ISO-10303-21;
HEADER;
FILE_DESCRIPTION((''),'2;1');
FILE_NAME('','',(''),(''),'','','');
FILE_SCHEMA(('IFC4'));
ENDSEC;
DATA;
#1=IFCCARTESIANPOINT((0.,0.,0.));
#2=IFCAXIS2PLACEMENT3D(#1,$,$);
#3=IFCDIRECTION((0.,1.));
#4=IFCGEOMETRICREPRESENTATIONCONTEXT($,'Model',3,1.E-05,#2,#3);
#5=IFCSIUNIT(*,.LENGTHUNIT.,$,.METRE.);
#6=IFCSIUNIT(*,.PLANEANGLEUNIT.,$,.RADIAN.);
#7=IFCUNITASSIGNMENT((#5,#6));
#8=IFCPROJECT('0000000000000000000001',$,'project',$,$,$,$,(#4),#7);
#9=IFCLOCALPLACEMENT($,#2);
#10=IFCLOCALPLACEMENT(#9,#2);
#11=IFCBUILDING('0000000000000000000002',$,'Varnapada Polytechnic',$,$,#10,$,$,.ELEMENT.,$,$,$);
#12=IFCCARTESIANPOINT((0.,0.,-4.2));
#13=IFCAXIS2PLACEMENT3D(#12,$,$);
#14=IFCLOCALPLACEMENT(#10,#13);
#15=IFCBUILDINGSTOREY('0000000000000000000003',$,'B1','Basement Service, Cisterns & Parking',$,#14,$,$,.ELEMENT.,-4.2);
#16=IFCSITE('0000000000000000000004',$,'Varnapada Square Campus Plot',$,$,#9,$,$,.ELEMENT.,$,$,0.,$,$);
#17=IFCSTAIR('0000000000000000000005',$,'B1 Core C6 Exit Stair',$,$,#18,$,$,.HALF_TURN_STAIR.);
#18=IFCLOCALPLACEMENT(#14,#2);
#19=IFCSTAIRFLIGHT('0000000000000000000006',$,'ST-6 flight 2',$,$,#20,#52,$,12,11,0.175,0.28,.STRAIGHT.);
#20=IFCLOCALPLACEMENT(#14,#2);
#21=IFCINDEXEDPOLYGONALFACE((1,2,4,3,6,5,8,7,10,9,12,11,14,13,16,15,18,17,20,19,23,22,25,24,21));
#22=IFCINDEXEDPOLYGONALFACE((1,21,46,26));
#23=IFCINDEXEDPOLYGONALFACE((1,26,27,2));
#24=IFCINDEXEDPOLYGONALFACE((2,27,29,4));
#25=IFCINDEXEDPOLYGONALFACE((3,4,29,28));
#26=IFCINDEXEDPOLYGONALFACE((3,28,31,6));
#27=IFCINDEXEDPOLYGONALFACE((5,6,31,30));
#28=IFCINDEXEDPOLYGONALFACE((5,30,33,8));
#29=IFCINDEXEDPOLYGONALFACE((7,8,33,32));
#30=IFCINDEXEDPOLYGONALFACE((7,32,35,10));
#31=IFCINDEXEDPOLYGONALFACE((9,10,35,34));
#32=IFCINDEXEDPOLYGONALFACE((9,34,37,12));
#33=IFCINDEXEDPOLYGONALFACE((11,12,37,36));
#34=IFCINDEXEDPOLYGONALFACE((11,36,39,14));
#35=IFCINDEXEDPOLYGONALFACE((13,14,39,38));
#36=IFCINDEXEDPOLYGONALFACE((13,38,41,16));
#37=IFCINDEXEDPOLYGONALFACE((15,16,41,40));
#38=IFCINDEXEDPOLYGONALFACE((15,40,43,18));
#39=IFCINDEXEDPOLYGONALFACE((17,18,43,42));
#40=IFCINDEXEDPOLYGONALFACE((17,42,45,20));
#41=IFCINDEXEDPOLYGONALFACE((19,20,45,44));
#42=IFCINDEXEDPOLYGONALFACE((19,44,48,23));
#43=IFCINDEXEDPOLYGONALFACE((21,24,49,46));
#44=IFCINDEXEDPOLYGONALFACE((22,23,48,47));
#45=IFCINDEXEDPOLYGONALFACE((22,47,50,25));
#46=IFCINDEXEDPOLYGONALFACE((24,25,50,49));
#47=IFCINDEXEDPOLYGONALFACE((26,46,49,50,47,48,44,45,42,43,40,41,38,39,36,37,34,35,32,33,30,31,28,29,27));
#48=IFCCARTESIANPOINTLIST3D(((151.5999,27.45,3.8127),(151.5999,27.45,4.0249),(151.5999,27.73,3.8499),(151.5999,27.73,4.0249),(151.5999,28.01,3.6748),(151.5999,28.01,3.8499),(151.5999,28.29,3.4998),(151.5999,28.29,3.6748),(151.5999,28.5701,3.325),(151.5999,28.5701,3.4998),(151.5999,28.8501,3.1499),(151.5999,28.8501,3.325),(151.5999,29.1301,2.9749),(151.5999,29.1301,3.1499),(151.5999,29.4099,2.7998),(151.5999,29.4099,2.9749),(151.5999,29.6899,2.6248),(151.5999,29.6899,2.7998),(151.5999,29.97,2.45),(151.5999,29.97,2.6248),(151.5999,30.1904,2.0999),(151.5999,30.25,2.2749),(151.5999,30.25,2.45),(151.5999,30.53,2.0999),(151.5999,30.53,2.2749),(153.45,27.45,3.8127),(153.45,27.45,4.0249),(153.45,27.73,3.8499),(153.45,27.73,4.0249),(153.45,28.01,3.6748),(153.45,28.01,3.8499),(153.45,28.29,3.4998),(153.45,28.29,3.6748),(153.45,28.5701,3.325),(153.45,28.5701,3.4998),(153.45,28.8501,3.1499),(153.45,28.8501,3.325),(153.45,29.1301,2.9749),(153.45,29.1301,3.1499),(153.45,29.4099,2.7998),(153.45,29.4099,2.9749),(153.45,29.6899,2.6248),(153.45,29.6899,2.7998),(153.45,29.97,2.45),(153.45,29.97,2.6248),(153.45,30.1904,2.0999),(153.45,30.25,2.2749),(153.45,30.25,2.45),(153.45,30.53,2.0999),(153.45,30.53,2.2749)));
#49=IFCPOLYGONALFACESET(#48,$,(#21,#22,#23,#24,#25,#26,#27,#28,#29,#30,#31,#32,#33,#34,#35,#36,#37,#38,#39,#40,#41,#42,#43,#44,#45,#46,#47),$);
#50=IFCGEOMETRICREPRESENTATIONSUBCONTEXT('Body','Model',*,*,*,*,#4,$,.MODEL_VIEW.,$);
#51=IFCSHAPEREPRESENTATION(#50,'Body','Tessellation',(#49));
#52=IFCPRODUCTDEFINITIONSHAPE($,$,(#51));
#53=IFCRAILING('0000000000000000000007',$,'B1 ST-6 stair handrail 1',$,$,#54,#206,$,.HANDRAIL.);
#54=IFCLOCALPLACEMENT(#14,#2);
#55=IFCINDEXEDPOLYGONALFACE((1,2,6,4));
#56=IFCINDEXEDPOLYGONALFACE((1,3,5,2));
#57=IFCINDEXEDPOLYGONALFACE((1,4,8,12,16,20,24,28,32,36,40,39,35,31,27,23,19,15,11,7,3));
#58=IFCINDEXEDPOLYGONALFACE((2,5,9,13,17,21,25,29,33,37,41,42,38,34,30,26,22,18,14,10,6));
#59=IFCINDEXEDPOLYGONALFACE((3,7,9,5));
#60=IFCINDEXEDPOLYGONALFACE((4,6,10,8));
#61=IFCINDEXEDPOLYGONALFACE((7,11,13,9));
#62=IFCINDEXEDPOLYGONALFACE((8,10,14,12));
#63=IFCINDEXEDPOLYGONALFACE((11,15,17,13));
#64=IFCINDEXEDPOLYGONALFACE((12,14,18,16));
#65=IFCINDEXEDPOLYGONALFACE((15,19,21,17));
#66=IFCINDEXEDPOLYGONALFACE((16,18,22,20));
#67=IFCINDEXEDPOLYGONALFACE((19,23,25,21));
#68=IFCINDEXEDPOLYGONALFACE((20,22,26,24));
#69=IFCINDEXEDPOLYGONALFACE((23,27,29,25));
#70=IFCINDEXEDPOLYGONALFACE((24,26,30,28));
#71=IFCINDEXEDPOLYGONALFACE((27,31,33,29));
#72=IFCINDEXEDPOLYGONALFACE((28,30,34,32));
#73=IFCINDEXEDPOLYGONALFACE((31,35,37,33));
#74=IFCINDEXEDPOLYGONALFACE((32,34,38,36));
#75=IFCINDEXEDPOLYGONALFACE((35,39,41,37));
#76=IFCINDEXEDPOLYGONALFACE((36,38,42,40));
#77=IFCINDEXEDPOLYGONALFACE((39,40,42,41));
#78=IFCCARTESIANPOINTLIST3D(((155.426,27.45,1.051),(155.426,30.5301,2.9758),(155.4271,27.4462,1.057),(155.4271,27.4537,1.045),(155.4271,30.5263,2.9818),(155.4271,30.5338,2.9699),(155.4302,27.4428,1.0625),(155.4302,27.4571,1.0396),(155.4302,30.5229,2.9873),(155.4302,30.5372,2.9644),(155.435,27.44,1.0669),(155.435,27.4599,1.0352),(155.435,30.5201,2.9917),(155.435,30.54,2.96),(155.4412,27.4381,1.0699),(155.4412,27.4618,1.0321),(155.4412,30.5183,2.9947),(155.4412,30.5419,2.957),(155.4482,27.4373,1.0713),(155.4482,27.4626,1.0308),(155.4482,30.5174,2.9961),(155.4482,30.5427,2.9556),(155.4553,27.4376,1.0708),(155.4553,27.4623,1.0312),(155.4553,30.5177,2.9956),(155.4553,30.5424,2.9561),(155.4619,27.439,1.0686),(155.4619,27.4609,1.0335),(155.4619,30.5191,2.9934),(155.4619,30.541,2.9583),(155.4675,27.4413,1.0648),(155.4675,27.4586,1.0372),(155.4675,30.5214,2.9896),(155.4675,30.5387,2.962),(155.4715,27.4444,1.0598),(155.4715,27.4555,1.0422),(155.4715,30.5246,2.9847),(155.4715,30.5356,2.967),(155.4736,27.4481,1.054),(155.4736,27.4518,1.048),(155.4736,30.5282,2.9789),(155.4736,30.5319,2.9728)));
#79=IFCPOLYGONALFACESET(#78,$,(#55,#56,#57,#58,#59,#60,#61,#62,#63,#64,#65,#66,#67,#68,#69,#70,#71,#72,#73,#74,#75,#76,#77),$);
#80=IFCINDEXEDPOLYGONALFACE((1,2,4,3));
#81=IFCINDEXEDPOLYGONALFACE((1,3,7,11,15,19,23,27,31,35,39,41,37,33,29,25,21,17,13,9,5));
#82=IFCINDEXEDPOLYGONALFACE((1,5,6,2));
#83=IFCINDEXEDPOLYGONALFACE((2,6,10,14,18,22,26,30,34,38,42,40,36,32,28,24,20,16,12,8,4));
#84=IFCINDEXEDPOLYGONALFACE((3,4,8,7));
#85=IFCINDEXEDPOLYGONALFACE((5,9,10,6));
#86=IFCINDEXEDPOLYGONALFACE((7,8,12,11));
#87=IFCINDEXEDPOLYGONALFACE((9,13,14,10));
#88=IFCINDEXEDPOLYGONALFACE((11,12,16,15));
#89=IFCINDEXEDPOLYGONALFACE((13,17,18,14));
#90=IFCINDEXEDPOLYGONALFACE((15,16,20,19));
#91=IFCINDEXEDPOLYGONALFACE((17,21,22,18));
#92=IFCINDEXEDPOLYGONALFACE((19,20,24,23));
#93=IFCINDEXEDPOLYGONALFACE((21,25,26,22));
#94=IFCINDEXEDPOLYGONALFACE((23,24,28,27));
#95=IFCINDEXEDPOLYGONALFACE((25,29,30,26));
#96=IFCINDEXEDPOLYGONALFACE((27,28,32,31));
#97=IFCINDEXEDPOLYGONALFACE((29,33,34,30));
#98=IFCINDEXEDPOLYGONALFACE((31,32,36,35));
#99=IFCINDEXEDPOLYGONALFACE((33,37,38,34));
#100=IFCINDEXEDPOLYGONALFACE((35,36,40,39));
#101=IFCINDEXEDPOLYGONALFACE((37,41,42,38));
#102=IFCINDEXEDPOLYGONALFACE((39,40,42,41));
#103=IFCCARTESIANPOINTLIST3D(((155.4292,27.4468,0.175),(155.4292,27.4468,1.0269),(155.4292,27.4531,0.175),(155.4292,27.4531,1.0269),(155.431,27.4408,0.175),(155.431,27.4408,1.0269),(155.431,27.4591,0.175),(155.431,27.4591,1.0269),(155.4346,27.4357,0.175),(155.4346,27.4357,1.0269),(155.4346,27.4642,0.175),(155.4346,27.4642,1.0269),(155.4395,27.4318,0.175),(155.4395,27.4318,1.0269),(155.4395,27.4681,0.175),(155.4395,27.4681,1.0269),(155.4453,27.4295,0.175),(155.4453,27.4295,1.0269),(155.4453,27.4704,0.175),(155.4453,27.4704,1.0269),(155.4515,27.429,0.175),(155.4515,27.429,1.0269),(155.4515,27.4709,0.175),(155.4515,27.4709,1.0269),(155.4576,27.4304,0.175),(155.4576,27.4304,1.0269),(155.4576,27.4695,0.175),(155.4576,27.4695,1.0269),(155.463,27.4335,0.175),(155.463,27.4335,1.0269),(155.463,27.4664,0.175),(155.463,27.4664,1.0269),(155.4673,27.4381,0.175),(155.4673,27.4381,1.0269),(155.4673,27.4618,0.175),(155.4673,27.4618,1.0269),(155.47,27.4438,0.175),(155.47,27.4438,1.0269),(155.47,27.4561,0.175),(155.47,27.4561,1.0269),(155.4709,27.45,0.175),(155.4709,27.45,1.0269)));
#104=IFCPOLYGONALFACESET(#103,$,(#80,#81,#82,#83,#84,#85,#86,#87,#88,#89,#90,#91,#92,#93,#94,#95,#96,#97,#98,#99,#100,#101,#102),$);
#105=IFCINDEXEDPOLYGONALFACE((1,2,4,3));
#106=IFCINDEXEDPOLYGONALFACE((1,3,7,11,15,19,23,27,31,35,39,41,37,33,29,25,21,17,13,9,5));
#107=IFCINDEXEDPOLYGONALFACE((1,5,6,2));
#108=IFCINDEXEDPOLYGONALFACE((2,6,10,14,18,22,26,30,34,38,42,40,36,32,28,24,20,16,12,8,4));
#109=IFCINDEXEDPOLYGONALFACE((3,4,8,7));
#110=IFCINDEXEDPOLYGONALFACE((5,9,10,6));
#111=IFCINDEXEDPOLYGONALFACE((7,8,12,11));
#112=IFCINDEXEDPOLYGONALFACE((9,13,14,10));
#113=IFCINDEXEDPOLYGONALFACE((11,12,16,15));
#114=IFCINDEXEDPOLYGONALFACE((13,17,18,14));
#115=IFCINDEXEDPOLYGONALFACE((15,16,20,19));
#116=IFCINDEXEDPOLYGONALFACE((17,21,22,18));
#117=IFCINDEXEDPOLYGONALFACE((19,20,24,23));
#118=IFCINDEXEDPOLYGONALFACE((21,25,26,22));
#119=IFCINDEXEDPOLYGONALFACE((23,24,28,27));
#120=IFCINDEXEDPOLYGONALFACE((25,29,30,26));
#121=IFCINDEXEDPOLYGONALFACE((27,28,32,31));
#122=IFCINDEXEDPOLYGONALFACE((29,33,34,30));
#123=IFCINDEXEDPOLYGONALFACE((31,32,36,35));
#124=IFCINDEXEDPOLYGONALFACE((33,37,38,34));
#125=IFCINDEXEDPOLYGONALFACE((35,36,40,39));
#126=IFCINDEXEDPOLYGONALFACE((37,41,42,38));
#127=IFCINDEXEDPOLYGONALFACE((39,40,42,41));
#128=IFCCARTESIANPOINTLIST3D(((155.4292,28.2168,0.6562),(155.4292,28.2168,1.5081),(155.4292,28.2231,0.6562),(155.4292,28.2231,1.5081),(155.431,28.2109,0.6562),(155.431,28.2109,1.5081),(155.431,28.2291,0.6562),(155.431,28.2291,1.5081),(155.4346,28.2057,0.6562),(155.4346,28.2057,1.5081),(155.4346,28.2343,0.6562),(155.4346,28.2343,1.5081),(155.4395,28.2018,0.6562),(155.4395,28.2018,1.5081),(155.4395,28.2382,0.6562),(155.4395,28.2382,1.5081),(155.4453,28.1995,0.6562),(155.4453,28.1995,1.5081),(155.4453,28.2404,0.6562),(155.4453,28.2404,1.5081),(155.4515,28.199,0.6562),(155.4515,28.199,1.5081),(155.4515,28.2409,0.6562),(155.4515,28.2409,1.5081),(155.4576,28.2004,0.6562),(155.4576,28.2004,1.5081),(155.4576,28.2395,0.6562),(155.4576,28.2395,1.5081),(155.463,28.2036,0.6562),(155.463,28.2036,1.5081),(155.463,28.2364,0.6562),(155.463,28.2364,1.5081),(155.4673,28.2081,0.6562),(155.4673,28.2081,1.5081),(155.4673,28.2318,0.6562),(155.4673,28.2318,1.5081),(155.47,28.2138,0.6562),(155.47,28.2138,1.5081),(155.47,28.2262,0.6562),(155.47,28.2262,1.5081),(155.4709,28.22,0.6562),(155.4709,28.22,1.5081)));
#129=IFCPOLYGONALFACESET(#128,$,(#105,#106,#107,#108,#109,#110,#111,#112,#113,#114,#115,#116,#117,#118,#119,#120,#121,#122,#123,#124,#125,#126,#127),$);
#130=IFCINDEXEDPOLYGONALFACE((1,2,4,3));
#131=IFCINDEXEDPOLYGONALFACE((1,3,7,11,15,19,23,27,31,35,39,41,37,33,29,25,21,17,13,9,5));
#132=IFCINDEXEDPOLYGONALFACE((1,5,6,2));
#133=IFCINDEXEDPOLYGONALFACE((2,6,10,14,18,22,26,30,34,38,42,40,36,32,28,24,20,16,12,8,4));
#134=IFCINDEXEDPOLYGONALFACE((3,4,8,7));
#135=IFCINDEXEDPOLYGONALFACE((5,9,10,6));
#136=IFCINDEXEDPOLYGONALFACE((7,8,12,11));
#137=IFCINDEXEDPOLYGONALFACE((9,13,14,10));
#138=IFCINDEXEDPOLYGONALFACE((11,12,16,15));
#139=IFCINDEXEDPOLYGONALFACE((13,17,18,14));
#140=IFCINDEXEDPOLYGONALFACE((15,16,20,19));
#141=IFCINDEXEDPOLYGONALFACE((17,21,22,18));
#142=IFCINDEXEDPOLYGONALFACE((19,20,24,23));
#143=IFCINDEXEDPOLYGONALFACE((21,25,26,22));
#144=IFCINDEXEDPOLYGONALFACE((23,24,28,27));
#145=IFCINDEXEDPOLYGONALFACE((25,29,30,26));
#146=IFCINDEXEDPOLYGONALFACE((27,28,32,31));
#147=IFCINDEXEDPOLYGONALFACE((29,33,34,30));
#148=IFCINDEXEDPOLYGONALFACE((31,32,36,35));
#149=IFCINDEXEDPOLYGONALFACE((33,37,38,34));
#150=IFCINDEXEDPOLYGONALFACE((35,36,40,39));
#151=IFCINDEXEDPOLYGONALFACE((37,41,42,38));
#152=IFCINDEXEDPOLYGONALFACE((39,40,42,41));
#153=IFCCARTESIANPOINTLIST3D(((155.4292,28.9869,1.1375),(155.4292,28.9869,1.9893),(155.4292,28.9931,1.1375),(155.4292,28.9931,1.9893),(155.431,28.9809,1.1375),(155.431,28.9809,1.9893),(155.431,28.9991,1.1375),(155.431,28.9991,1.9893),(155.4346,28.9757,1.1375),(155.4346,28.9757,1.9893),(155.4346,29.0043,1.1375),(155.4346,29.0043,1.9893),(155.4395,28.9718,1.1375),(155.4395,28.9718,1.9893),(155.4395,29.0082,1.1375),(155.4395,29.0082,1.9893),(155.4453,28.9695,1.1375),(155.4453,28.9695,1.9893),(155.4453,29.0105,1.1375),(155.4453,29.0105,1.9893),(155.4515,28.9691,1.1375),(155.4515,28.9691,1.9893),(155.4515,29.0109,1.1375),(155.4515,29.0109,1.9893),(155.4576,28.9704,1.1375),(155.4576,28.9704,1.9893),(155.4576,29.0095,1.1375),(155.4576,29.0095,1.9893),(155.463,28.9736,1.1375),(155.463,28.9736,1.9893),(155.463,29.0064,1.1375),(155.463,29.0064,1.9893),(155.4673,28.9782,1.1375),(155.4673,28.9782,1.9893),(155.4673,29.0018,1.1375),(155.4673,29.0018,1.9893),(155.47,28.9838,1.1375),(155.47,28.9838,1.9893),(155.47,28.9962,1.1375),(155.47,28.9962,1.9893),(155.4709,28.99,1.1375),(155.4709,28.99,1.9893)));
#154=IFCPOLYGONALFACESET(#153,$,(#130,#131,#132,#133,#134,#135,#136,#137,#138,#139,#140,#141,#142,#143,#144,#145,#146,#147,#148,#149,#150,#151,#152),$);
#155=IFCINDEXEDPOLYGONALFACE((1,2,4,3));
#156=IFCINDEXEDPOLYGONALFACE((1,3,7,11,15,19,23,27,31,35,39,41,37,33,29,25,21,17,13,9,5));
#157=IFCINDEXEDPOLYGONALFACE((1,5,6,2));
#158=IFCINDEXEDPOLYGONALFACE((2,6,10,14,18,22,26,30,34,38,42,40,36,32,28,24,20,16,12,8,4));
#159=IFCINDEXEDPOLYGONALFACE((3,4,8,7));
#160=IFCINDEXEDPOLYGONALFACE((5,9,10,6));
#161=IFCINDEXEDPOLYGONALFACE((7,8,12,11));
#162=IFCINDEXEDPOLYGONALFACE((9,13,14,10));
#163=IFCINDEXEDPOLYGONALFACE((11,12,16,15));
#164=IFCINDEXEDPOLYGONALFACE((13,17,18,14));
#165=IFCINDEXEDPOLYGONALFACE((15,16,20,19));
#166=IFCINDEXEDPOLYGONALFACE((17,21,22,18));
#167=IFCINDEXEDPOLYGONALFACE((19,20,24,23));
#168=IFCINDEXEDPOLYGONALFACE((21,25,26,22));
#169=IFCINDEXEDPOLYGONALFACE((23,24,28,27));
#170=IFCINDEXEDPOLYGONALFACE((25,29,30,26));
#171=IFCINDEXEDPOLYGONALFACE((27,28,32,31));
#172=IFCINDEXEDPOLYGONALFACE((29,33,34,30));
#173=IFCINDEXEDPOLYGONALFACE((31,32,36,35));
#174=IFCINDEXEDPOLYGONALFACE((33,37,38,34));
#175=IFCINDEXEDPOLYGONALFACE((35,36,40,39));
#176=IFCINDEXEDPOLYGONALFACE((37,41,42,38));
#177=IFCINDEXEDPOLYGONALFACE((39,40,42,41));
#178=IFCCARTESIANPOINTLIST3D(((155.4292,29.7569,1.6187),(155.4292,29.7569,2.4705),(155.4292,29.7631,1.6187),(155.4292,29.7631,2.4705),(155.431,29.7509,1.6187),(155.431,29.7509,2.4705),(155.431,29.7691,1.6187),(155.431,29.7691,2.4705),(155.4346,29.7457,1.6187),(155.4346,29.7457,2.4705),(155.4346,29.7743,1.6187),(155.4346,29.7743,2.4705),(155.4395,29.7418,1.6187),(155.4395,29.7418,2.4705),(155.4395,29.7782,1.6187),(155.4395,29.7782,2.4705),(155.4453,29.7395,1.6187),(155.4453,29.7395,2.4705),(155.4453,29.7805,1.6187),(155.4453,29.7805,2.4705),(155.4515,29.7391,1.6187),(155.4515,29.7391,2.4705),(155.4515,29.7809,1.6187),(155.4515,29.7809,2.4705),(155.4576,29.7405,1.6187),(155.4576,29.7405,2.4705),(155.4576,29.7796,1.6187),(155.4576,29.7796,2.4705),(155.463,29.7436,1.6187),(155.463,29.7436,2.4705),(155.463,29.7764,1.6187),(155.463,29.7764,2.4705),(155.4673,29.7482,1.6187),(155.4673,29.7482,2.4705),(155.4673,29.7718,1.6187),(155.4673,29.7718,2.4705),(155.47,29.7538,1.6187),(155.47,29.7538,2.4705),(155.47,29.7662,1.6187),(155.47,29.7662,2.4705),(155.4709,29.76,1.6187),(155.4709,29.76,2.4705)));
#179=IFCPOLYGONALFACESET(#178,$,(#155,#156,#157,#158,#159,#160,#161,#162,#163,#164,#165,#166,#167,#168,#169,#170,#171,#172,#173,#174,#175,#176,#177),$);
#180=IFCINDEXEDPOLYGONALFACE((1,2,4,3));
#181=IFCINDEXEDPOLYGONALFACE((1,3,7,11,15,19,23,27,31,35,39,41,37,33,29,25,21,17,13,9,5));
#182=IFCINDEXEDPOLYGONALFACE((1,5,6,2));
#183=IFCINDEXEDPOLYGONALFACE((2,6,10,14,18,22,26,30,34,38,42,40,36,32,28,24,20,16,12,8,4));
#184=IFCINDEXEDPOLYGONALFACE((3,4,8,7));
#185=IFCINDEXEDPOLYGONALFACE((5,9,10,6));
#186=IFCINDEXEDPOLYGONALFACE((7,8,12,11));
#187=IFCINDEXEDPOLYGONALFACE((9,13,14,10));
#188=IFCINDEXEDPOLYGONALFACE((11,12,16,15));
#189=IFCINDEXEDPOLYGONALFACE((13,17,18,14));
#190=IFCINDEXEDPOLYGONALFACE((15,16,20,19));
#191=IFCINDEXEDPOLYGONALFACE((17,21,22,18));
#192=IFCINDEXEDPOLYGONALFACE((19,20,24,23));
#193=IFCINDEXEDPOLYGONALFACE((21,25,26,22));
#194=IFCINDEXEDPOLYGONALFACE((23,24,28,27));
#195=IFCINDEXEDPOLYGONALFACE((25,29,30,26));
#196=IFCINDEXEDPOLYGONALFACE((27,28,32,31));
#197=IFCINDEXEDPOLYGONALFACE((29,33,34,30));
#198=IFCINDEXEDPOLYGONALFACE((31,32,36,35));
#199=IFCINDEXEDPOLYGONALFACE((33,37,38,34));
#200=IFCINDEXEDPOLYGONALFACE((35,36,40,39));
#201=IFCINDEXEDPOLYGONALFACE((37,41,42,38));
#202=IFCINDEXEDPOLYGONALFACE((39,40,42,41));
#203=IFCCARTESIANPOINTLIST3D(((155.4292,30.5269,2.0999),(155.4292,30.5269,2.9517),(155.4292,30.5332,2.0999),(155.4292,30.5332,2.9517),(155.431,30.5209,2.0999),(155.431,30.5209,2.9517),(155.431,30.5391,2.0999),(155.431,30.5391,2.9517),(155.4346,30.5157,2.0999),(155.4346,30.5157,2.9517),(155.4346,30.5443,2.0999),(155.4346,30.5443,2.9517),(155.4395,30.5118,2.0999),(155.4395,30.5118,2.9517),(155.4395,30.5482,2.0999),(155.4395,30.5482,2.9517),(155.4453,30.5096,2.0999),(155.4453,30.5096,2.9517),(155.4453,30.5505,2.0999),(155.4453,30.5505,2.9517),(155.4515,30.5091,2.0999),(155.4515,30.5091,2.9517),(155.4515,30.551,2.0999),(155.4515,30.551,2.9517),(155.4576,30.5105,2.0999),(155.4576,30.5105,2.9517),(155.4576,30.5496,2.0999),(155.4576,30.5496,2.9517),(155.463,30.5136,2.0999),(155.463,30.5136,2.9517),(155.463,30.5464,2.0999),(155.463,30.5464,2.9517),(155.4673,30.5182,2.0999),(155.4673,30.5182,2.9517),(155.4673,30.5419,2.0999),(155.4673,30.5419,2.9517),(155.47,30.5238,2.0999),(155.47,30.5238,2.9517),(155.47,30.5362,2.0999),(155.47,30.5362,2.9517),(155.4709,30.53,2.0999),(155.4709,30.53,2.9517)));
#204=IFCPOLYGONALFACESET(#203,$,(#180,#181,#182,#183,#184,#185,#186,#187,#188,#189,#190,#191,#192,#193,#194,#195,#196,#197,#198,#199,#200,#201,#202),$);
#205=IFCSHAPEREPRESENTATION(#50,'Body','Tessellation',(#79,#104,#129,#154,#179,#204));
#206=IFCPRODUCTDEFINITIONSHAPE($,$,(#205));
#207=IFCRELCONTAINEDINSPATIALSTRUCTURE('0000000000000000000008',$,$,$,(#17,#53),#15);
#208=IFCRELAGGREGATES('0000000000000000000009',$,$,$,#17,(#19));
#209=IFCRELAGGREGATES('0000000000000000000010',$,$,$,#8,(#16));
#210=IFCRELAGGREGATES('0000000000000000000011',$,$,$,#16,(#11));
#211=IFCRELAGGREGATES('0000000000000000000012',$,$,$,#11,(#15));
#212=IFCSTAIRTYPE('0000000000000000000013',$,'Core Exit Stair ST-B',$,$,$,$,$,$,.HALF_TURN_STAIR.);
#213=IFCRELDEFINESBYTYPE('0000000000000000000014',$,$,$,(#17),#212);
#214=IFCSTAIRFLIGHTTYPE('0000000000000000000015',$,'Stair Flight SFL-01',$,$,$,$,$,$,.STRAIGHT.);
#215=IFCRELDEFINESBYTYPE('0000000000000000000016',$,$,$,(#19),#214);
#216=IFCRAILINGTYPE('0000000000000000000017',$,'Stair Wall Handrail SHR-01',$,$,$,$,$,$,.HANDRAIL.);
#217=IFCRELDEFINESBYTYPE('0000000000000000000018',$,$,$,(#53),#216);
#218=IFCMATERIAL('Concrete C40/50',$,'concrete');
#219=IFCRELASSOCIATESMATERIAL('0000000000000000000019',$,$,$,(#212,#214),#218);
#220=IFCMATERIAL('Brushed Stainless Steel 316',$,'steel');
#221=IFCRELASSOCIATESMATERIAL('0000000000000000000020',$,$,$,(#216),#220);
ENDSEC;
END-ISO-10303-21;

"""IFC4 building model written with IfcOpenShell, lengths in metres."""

from ifc_helpers import new_model, si_unit, direction, frame, origin, origin_2d, place, context, subcontext, project, spatial, polyline, circle, outline, extrude, material, type_object, element, aggregate, save


model = new_model("IFC4")

# Units and contexts
model_context = context("Model", 3, precision=1e-05, world=origin(), true_north=direction((0.0, 1.0)))
body_context = subcontext(model_context, "Body", "Model", "MODEL_VIEW")
ifc_project = project(units=[si_unit("LENGTHUNIT", "METRE"), si_unit("PLANEANGLEUNIT", "RADIAN")], contexts=[model_context])

# Site, building, storey
site_placement = place(None, origin())
site = spatial("IfcSite", under=ifc_project, at=site_placement, Name="Varnapada Square Campus Plot", CompositionType="ELEMENT", RefElevation=0.0)
building_placement = place(site_placement, origin())
building = spatial("IfcBuilding", under=site, at=building_placement, Name="Varnapada Polytechnic", CompositionType="ELEMENT")
storey_placement = place(building_placement, frame((0.0, 0.0, -4.2)))
storey = spatial("IfcBuildingStorey", under=building, at=storey_placement, Name="B1", Description="Basement Service, Cisterns & Parking", CompositionType="ELEMENT", Elevation=-4.2)

# Shared definitions
ifc_material_1 = material(Name="Concrete C40/50", Category="concrete")

# Shared definitions
ifc_material_2 = material(Name="Brushed Stainless Steel 316", Category="steel")

# Stair, stair flight
stair_type = type_object("IfcStairType", Name="Core Exit Stair ST-B", PredefinedType="HALF_TURN_STAIR", material=ifc_material_1)
stair_placement = place(storey_placement, origin())
stair = element("IfcStair", 1, at=stair_placement, inside=storey, type_object=stair_type, Name="B1 Core C6 Exit Stair", PredefinedType="HALF_TURN_STAIR")
stair_flight_type = type_object("IfcStairFlightType", Name="Stair Flight SFL-01", PredefinedType="STRAIGHT", material=ifc_material_1)
stair_flight_1_placement = place(storey_placement, frame((152.5249, 30.53, 2.0999), z_axis=(0.0, 0.0, 1.0), x_axis=(0.0, -1.0, 0.0)))
stair_flight_1 = element("IfcStairFlight", 2, at=stair_flight_1_placement, type_object=stair_flight_type, Name="ST-6 flight 2", NumberOfRisers=12, NumberOfTreads=11, PredefinedType="STRAIGHT", RiserHeight=0.175, TreadLength=0.28, context=body_context, shape_type="SweptSolid", body=[
    extrude(outline(polyline([(0.0, 0.0), (0.0, 0.175), (0.28, 0.175), (0.28, 0.3501), (0.5601, 0.3501), (0.5601, 0.5249), (0.8401, 0.5249), (0.8401, 0.7), (1.1201, 0.7), (1.1201, 0.875), (1.3999, 0.875), (1.3999, 1.05), (1.6799, 1.05), (1.6799, 1.2251), (1.96, 1.2251), (1.96, 1.3999), (2.24, 1.3999), (2.24, 1.575), (2.52, 1.575), (2.52, 1.75), (2.8, 1.75), (2.8, 1.925), (3.0801, 1.925), (3.0801, 2.1001), (3.0801, 1.7129), (0.3396, 0.0), (0.0, 0.0)])), frame((0.0, 0.925, 0.0), z_axis=(0.0, -1.0, 0.0), x_axis=(1.0, 0.0, 0.0)), (0.0, 0.0, 1.0), 1.8501),
])
aggregate(stair, [stair_flight_1])

# Railing
railing_type_1 = type_object("IfcRailingType", Name="Stair Wall Handrail SHR-01", PredefinedType="HANDRAIL", material=ifc_material_2)
railing_1_placement = place(storey_placement, frame((155.45, 27.45, 0.175)))
element("IfcRailing", 3, at=railing_1_placement, inside=storey, type_object=railing_type_1, Name="B1 ST-6 stair handrail 1", PredefinedType="HANDRAIL", context=body_context, shape_type="SweptSolid", body=[
    extrude(circle(Radius=0.0239, at=origin_2d()), frame((0.0, 0.0, 0.876), z_axis=(0.0, 0.848029, 0.529951), x_axis=(-1.0, 0.0, 0.0)), (0.0, 0.0, 1.0), 3.6321),
    extrude(circle(Radius=0.021, at=origin_2d()), origin(), (0.0, 0.0, 1.0), 0.8518),
    extrude(circle(Radius=0.021, at=origin_2d()), frame((0.0, 0.77, 0.4812)), (0.0, 0.0, 1.0), 0.8518),
    extrude(circle(Radius=0.021, at=origin_2d()), frame((0.0, 1.54, 0.9624)), (0.0, 0.0, 1.0), 0.8518),
    extrude(circle(Radius=0.021, at=origin_2d()), frame((0.0, 2.3101, 1.4436)), (0.0, 0.0, 1.0), 0.8518),
    extrude(circle(Radius=0.021, at=origin_2d()), frame((0.0, 3.0801, 1.9248)), (0.0, 0.0, 1.0), 0.8518),
])

save(model, "model.ifc")
